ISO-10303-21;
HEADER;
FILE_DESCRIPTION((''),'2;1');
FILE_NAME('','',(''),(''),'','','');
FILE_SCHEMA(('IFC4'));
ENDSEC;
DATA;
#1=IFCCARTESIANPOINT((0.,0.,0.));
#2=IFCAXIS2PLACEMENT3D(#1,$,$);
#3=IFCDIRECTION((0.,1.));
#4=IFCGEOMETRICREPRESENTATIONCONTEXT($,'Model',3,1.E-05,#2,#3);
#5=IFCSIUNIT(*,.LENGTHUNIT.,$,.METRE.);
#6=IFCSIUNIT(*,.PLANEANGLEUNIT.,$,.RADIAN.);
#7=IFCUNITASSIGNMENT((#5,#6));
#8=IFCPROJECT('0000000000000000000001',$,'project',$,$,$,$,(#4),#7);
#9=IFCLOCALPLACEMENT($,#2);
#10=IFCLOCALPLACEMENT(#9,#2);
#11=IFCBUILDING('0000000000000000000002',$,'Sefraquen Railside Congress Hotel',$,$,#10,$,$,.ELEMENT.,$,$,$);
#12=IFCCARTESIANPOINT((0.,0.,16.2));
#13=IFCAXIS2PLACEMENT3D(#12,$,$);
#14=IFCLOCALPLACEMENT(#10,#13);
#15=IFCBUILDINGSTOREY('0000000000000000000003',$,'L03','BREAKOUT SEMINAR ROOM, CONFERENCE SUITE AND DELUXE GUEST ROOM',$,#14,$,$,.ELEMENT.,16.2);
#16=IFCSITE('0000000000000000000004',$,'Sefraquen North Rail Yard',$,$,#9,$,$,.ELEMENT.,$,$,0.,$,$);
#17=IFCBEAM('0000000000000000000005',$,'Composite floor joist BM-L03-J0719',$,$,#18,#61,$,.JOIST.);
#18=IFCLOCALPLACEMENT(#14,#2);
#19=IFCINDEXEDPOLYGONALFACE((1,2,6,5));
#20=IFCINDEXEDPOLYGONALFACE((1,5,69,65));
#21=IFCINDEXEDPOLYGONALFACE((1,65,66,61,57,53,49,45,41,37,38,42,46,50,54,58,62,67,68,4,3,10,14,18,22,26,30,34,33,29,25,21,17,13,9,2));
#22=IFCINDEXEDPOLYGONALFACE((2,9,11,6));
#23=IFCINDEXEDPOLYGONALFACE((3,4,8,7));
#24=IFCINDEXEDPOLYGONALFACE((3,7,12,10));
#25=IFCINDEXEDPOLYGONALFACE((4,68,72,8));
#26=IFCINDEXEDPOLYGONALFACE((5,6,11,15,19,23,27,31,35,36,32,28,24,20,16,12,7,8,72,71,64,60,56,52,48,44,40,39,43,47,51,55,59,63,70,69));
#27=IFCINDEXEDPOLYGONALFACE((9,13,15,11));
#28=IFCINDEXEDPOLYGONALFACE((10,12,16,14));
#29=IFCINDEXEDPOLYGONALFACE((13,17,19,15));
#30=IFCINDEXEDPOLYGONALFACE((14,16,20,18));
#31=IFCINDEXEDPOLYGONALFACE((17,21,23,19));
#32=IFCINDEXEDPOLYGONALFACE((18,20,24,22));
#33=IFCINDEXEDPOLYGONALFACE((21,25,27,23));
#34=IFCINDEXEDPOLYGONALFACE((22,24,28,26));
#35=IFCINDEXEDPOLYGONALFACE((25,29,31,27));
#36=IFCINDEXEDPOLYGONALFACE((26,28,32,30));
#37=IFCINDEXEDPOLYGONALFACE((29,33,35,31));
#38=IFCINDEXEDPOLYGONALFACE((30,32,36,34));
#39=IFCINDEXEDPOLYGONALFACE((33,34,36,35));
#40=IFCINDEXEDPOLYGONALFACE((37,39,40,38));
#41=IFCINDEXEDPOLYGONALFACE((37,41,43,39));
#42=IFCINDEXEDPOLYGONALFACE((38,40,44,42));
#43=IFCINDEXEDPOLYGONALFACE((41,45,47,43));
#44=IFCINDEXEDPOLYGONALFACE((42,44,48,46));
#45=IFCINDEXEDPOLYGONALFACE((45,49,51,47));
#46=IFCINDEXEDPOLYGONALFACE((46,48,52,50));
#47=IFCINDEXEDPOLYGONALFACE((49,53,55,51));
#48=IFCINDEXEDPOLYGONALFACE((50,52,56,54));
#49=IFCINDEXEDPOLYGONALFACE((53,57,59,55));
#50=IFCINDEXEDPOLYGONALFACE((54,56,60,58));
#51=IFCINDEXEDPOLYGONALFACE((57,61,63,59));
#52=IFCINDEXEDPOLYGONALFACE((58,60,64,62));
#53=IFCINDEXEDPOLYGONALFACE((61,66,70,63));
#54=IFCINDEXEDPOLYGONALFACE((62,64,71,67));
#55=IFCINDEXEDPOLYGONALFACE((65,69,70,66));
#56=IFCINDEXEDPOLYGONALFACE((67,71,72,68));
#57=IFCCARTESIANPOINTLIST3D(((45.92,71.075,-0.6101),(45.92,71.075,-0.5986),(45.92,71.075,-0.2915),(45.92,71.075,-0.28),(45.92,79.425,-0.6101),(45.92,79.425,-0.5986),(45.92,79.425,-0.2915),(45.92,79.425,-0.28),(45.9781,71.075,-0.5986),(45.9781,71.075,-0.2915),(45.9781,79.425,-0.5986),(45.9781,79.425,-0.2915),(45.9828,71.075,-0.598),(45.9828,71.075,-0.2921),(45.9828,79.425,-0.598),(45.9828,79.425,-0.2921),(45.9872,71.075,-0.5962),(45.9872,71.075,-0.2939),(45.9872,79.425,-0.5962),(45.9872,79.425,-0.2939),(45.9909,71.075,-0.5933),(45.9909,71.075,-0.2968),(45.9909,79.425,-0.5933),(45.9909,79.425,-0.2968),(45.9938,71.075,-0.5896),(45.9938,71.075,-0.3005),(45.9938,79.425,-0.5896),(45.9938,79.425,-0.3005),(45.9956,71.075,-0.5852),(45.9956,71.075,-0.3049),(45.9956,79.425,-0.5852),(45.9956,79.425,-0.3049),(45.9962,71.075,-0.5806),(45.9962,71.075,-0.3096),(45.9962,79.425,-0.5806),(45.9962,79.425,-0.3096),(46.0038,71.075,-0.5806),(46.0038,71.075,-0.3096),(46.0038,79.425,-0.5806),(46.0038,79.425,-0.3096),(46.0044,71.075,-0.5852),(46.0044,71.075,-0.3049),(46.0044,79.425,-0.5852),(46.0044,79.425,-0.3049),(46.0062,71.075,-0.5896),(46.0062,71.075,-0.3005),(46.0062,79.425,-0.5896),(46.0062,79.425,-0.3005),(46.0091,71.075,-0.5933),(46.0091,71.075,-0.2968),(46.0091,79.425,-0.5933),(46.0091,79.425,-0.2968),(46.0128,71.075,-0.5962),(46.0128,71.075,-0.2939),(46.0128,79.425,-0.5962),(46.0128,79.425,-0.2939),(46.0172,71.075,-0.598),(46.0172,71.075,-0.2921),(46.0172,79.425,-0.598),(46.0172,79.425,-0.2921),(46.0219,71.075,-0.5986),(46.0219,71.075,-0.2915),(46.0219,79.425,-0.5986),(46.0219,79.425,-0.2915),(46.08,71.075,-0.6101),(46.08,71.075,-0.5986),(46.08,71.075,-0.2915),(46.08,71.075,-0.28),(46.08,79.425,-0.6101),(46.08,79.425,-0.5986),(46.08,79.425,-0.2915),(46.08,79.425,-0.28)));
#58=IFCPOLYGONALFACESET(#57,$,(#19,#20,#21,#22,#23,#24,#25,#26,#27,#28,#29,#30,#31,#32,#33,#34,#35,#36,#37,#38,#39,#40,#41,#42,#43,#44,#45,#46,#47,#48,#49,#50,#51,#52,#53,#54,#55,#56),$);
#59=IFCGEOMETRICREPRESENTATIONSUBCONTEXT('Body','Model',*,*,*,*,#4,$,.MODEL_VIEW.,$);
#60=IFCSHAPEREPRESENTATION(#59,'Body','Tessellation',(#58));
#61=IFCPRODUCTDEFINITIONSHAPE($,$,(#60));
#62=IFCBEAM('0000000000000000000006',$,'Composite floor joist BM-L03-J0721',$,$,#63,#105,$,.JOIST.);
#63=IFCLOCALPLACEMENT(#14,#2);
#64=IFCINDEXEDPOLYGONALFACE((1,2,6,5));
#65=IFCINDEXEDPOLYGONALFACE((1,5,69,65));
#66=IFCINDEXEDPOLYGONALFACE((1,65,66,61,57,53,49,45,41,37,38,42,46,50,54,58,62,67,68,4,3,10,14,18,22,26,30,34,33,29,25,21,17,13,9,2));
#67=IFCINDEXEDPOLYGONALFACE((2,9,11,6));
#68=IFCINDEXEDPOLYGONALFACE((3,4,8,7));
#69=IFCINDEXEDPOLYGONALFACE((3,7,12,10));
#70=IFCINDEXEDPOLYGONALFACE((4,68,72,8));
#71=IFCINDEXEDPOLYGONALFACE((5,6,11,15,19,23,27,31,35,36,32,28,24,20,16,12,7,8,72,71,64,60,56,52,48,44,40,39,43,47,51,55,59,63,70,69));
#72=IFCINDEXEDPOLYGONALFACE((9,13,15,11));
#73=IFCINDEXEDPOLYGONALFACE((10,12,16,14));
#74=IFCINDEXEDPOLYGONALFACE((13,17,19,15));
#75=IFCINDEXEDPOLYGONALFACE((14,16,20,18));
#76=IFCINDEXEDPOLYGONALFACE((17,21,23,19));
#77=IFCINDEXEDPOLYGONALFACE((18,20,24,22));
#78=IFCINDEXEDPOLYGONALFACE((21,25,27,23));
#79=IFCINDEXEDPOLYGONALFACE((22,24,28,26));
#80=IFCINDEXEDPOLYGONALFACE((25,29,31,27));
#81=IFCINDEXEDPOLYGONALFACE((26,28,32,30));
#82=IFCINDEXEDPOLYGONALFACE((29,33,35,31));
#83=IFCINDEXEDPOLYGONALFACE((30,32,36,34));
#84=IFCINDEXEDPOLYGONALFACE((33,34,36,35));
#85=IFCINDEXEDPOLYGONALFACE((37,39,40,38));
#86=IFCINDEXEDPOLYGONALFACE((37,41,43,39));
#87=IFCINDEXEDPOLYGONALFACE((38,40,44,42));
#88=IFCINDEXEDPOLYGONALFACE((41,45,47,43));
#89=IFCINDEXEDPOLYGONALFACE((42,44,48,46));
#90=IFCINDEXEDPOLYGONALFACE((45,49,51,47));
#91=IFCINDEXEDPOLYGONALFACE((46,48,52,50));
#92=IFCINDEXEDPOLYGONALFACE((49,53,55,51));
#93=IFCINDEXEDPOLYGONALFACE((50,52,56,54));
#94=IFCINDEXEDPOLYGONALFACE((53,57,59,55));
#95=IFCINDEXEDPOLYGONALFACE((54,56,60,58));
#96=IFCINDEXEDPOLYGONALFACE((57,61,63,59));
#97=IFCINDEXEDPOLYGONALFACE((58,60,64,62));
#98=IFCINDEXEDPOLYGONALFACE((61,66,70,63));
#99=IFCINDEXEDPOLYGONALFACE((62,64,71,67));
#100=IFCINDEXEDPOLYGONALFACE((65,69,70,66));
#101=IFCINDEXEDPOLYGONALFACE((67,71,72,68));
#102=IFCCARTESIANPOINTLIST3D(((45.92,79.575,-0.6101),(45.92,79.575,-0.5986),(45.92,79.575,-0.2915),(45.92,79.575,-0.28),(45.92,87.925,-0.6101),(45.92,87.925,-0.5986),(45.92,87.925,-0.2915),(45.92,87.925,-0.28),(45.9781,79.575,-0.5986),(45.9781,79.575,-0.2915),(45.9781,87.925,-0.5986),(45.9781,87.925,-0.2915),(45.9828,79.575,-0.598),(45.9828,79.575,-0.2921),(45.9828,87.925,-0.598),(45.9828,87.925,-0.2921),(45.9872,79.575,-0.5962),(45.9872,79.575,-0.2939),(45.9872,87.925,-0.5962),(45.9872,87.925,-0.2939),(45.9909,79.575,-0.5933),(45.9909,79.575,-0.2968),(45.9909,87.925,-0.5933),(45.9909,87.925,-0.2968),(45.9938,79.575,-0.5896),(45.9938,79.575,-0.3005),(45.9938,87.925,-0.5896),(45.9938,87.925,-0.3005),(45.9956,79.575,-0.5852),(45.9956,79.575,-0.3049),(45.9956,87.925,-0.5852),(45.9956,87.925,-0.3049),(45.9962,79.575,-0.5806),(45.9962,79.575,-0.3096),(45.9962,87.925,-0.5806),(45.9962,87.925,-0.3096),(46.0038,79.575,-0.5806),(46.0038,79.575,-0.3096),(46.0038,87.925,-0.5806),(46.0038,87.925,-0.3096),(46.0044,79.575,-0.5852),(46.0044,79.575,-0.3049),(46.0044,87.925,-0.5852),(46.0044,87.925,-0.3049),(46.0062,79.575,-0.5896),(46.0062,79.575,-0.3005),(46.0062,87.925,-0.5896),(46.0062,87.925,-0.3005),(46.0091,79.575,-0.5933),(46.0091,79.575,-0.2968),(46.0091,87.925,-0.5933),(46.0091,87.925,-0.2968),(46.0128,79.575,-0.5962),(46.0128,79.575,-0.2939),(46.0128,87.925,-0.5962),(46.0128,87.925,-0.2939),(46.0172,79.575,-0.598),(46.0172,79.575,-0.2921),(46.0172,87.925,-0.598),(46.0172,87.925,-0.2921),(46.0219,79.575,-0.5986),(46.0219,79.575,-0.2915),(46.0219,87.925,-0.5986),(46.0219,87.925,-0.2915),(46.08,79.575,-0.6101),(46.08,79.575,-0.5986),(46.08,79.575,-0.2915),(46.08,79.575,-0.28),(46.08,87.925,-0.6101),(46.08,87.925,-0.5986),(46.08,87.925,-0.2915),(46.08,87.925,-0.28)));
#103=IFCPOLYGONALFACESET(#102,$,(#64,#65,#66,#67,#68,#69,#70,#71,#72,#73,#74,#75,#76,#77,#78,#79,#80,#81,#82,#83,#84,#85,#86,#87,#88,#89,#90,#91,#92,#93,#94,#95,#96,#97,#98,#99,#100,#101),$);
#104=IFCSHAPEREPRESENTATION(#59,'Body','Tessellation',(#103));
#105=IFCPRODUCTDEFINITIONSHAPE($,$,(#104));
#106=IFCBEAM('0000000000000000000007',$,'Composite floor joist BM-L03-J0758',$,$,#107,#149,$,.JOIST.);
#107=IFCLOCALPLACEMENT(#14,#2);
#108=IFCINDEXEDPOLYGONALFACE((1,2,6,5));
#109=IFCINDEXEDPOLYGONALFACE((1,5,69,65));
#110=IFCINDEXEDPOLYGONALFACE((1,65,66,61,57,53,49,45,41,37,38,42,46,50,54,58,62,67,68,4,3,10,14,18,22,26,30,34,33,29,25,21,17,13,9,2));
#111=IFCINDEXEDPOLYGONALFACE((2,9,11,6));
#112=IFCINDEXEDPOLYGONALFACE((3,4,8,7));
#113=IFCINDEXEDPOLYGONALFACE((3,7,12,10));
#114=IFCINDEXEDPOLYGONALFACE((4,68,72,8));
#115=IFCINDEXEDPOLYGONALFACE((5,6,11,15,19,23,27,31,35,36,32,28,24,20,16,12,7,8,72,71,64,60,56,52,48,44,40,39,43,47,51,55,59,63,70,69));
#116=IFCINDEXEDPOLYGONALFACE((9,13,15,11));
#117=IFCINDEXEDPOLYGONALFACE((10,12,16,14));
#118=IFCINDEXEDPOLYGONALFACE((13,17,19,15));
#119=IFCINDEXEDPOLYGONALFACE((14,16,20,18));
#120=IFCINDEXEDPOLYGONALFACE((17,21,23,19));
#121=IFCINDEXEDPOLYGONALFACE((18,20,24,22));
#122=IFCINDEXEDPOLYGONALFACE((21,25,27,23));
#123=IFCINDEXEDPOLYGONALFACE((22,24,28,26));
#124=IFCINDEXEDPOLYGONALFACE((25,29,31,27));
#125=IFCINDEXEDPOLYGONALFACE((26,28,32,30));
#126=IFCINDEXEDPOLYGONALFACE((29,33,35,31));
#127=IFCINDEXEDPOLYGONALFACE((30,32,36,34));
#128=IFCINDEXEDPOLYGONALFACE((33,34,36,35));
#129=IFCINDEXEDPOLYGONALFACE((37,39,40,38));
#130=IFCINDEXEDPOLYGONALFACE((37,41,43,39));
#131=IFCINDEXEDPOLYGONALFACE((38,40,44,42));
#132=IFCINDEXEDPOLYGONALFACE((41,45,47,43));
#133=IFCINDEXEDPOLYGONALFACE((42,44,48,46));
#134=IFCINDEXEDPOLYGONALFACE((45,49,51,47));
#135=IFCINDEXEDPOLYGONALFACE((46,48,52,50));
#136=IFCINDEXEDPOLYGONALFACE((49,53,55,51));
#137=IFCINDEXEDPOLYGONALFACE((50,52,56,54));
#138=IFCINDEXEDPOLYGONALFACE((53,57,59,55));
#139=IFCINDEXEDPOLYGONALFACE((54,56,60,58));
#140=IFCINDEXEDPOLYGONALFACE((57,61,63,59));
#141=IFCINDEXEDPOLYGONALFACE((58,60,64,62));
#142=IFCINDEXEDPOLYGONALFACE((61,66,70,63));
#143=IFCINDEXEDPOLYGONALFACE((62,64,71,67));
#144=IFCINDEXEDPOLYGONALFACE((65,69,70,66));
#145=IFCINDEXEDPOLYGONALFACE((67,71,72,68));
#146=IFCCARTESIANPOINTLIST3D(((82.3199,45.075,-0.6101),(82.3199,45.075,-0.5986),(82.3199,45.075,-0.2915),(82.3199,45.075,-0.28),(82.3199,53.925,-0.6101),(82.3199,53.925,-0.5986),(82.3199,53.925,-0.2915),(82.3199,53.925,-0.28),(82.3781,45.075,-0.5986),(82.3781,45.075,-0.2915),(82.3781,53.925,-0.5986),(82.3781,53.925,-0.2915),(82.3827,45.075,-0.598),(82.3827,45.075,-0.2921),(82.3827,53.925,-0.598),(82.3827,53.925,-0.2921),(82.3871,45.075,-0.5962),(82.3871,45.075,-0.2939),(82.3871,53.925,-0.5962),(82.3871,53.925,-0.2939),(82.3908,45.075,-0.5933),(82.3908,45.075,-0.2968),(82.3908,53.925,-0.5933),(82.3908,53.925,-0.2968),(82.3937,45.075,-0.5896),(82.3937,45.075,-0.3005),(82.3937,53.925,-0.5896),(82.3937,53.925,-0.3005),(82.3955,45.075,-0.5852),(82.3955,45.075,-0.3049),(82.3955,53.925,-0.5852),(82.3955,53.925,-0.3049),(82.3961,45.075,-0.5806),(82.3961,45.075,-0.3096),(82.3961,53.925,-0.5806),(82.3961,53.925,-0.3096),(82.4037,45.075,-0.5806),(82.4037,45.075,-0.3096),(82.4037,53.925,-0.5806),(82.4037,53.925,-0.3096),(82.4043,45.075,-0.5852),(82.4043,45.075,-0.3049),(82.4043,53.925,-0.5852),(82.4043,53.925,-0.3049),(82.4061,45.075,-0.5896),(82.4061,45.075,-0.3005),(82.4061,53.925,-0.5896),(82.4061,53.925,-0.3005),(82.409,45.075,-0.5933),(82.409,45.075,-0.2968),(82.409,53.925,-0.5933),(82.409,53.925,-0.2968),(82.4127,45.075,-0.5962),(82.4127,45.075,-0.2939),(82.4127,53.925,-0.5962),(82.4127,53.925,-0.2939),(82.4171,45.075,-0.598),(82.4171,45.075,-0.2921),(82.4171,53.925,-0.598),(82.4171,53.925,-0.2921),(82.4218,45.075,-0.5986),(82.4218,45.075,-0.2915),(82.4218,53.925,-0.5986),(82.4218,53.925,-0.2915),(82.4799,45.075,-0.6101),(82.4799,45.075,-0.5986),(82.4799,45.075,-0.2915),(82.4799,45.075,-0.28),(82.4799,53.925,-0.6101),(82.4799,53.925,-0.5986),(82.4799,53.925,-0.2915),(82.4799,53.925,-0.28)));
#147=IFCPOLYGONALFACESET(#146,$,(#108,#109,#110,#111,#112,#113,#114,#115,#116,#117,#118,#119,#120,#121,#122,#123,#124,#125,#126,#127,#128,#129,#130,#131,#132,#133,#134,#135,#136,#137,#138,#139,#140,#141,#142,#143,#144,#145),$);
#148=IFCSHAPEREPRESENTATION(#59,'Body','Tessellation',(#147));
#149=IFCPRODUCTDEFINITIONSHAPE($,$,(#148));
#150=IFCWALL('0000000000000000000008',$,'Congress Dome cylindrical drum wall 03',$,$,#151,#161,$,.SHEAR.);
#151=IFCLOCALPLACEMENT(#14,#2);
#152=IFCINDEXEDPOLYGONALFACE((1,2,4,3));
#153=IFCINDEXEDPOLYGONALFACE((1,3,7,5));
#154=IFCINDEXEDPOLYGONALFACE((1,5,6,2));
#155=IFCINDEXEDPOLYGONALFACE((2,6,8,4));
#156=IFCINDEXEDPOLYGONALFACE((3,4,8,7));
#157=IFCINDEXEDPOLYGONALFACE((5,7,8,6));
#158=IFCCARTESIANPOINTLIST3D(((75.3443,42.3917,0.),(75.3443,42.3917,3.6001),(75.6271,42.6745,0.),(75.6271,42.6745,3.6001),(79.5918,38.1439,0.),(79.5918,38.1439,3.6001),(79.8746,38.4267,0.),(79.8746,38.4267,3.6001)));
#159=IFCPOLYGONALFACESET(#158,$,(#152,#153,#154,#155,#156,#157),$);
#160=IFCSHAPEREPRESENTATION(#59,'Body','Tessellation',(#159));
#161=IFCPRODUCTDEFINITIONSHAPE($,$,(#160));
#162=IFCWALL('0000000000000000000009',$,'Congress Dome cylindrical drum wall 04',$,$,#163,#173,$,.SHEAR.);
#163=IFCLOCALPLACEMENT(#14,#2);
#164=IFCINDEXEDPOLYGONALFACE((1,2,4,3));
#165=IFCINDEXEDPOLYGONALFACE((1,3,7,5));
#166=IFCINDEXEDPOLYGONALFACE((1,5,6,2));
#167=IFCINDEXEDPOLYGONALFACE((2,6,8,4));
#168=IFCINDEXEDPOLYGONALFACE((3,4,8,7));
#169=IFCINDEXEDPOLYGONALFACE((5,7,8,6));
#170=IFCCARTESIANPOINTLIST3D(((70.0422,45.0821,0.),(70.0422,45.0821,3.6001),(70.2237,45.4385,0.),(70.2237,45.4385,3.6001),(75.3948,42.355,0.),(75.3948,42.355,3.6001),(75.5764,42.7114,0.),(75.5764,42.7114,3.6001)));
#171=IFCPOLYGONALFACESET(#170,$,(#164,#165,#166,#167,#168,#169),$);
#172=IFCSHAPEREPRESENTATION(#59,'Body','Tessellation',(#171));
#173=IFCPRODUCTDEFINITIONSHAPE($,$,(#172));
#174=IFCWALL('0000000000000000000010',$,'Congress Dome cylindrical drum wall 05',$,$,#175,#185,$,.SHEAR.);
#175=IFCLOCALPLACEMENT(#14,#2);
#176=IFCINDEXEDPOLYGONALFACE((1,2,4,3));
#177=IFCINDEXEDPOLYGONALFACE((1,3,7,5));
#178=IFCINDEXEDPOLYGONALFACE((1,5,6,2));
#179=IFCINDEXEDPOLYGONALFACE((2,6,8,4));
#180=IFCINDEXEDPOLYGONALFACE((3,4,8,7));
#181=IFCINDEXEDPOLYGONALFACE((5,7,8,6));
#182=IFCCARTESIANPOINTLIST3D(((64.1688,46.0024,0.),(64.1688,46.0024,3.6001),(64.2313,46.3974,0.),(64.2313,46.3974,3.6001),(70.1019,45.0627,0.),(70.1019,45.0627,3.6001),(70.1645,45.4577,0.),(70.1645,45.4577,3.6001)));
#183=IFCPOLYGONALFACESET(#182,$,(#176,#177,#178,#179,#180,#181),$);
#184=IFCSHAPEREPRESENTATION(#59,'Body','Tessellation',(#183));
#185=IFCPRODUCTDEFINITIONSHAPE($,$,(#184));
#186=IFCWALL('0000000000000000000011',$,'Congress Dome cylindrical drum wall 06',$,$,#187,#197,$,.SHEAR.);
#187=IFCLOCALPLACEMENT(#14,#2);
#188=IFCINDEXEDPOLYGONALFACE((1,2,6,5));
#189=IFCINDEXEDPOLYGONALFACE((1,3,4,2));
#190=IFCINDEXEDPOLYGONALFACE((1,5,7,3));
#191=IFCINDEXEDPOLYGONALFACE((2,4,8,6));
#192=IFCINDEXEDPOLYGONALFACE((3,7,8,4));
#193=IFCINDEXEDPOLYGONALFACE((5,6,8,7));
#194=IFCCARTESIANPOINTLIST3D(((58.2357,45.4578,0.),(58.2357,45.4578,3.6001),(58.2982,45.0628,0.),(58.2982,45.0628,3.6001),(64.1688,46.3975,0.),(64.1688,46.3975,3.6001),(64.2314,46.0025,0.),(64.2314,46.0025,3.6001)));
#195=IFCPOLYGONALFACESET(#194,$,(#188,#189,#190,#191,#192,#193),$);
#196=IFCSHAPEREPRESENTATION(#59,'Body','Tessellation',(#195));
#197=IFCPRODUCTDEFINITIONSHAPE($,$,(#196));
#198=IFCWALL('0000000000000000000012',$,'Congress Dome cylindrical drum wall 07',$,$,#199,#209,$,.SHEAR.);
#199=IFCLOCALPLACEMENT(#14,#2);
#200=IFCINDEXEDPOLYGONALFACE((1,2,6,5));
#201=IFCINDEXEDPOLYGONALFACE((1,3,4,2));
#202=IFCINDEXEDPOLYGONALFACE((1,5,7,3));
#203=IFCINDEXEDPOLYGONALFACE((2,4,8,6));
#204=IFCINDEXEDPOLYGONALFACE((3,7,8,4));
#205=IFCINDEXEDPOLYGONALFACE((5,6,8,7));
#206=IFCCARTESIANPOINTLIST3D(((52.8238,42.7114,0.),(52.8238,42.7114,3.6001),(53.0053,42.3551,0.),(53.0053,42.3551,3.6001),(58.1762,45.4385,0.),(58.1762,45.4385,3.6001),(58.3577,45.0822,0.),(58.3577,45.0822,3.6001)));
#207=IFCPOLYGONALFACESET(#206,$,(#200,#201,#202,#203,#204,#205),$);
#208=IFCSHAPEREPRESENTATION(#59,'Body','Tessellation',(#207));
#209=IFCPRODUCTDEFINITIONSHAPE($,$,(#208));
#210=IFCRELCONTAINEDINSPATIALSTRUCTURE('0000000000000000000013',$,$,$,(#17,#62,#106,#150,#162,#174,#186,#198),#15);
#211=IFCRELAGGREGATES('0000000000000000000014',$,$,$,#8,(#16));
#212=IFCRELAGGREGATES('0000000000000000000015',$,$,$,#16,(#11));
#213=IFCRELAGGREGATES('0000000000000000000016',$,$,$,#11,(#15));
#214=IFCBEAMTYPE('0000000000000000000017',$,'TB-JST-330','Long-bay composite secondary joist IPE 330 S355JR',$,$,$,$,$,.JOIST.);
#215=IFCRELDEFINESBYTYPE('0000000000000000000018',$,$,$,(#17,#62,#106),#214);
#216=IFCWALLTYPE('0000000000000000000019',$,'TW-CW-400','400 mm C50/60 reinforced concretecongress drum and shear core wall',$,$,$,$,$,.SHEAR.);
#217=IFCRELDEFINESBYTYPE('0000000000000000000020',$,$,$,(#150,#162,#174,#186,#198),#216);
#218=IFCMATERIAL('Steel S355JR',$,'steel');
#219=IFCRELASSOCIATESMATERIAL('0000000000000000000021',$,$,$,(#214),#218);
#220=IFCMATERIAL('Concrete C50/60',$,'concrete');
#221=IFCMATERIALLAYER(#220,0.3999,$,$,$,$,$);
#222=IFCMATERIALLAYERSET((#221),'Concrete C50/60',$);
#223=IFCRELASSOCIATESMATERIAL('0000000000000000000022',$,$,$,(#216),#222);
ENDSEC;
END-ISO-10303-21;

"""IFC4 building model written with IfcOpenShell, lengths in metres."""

from ifc_helpers import new_model, si_unit, direction, frame, frame_2d, origin, origin_2d, place, context, subcontext, project, spatial, rectangle, i_section, extrude, material, layer, layer_set, material_profile, profile_set, type_object, element, save


model = new_model("IFC4")

# Units and contexts
model_context = context("Model", 3, precision=1e-05, world=origin(), true_north=direction((0.0, 1.0)))
body_context = subcontext(model_context, "Body", "Model", "MODEL_VIEW")
ifc_project = project(units=[si_unit("LENGTHUNIT", "METRE"), si_unit("PLANEANGLEUNIT", "RADIAN")], contexts=[model_context])

# Site, building, storey
site_placement = place(None, origin())
site = spatial("IfcSite", under=ifc_project, at=site_placement, Name="Sefraquen North Rail Yard", CompositionType="ELEMENT", RefElevation=0.0)
building_placement = place(site_placement, origin())
building = spatial("IfcBuilding", under=site, at=building_placement, Name="Sefraquen Railside Congress Hotel", CompositionType="ELEMENT")
storey_placement = place(building_placement, frame((0.0, 0.0, 16.2)))
storey = spatial("IfcBuildingStorey", under=building, at=storey_placement, Name="L03", Description="BREAKOUT SEMINAR ROOM, CONFERENCE SUITE AND DELUXE GUEST ROOM", CompositionType="ELEMENT", Elevation=16.2)

# Shared definitions
ifc_material_1 = material(Name="Steel S355JR", Category="steel")

# Beams
ifc_material_profile_1 = material_profile(ifc_material_1, i_section(OverallWidth=0.1599, OverallDepth=0.3301, WebThickness=0.0076, FlangeThickness=0.0115, FilletRadius=0.0181, at=origin_2d()), Name="IPE 330")
ifc_profile_set_1 = profile_set([ifc_material_profile_1], Name="Steel S355JR")
beam_type_1 = type_object("IfcBeamType", Name="TB-JST-330", Description="Long-bay composite secondary joist IPE 330 S355JR", PredefinedType="JOIST", material=ifc_profile_set_1)
for number, where, z_axis, x_axis, name in (
    (1, (46.0, 71.075, -0.4451), (0.0, 1.0, 0.0), (-1.0, 0.0, 0.0), "Composite floor joist BM-L03-J0719"),
    (2, (46.0, 79.575, -0.4451), (0.0, 1.0, 0.0), (-1.0, 0.0, 0.0), "Composite floor joist BM-L03-J0721"),
):
    element("IfcBeam", number, at=place(storey_placement, frame(where, z_axis=z_axis, x_axis=x_axis)), inside=storey, type_object=beam_type_1, Name=name, PredefinedType="JOIST", context=body_context, shape_type="SweptSolid", body=[
        extrude(i_section(OverallWidth=0.1599, OverallDepth=0.3301, WebThickness=0.0076, FlangeThickness=0.0115, FilletRadius=0.0181, at=origin_2d()), origin(), (0.0, 0.0, 1.0), 8.3501),
    ])
beam_1_placement = place(storey_placement, frame((82.3999, 45.075, -0.4451), z_axis=(0.0, 1.0, 0.0), x_axis=(-1.0, 0.0, 0.0)))
element("IfcBeam", 3, at=beam_1_placement, inside=storey, type_object=beam_type_1, Name="Composite floor joist BM-L03-J0758", PredefinedType="JOIST", context=body_context, shape_type="SweptSolid", body=[
    extrude(i_section(OverallWidth=0.1599, OverallDepth=0.3301, WebThickness=0.0076, FlangeThickness=0.0115, FilletRadius=0.0181, at=origin_2d()), origin(), (0.0, 0.0, 1.0), 8.8501),
])

# Walls
ifc_material_2 = material(Name="Concrete C50/60", Category="concrete")
ifc_layer = layer(ifc_material_2, 0.3999)
ifc_layer_set = layer_set([ifc_layer], Name="Concrete C50/60")
wall_type = type_object("IfcWallType", Name="TW-CW-400", Description="400 mm C50/60 reinforced concretecongress drum and shear core wall", PredefinedType="SHEAR", material=ifc_layer_set)
wall_1_placement = place(storey_placement, frame((79.7332, 38.2854, 0.0), z_axis=(0.0, 0.0, 1.0), x_axis=(-0.707086, 0.707127, 0.0)))
element("IfcWall", 4, at=wall_1_placement, inside=storey, type_object=wall_type, Name="Congress Dome cylindrical drum wall 03", PredefinedType="SHEAR", context=body_context, shape_type="SweptSolid", body=[
    extrude(rectangle(XDim=6.0071, YDim=0.3999, at=frame_2d((3.0034, 0.0))), origin(), (0.0, 0.0, 1.0), 3.6001),
])
wall_2_placement = place(storey_placement, frame((75.4856, 42.5332, 0.0), z_axis=(0.0, 0.0, 1.0), x_axis=(-0.89102, 0.453964, 0.0)))
element("IfcWall", 5, at=wall_2_placement, inside=storey, type_object=wall_type, Name="Congress Dome cylindrical drum wall 04", PredefinedType="SHEAR", context=body_context, shape_type="SweptSolid", body=[
    extrude(rectangle(XDim=6.0073, YDim=0.3999, at=frame_2d((3.0037, 0.0))), origin(), (0.0, 0.0, 1.0), 3.6001),
])
for number, where, z_axis, x_axis, name in (
    (6, (70.1331, 45.2603, 0.0), (0.0, 0.0, 1.0), (-0.987689, 0.156432, 0.0), "Congress Dome cylindrical drum wall 05"),
    (7, (64.2, 46.2, 0.0), (0.0, 0.0, 1.0), (-0.987689, -0.156432, 0.0), "Congress Dome cylindrical drum wall 06"),
    (8, (58.2668, 45.2603, 0.0), (0.0, 0.0, 1.0), (-0.891012, -0.45398, 0.0), "Congress Dome cylindrical drum wall 07"),
):
    element("IfcWall", number, at=place(storey_placement, frame(where, z_axis=z_axis, x_axis=x_axis)), inside=storey, type_object=wall_type, Name=name, PredefinedType="SHEAR", context=body_context, shape_type="SweptSolid", body=[
        extrude(rectangle(XDim=6.0071, YDim=0.3999, at=frame_2d((3.0034, 0.0))), origin(), (0.0, 0.0, 1.0), 3.6001),
    ])

save(model, "model.ifc")
